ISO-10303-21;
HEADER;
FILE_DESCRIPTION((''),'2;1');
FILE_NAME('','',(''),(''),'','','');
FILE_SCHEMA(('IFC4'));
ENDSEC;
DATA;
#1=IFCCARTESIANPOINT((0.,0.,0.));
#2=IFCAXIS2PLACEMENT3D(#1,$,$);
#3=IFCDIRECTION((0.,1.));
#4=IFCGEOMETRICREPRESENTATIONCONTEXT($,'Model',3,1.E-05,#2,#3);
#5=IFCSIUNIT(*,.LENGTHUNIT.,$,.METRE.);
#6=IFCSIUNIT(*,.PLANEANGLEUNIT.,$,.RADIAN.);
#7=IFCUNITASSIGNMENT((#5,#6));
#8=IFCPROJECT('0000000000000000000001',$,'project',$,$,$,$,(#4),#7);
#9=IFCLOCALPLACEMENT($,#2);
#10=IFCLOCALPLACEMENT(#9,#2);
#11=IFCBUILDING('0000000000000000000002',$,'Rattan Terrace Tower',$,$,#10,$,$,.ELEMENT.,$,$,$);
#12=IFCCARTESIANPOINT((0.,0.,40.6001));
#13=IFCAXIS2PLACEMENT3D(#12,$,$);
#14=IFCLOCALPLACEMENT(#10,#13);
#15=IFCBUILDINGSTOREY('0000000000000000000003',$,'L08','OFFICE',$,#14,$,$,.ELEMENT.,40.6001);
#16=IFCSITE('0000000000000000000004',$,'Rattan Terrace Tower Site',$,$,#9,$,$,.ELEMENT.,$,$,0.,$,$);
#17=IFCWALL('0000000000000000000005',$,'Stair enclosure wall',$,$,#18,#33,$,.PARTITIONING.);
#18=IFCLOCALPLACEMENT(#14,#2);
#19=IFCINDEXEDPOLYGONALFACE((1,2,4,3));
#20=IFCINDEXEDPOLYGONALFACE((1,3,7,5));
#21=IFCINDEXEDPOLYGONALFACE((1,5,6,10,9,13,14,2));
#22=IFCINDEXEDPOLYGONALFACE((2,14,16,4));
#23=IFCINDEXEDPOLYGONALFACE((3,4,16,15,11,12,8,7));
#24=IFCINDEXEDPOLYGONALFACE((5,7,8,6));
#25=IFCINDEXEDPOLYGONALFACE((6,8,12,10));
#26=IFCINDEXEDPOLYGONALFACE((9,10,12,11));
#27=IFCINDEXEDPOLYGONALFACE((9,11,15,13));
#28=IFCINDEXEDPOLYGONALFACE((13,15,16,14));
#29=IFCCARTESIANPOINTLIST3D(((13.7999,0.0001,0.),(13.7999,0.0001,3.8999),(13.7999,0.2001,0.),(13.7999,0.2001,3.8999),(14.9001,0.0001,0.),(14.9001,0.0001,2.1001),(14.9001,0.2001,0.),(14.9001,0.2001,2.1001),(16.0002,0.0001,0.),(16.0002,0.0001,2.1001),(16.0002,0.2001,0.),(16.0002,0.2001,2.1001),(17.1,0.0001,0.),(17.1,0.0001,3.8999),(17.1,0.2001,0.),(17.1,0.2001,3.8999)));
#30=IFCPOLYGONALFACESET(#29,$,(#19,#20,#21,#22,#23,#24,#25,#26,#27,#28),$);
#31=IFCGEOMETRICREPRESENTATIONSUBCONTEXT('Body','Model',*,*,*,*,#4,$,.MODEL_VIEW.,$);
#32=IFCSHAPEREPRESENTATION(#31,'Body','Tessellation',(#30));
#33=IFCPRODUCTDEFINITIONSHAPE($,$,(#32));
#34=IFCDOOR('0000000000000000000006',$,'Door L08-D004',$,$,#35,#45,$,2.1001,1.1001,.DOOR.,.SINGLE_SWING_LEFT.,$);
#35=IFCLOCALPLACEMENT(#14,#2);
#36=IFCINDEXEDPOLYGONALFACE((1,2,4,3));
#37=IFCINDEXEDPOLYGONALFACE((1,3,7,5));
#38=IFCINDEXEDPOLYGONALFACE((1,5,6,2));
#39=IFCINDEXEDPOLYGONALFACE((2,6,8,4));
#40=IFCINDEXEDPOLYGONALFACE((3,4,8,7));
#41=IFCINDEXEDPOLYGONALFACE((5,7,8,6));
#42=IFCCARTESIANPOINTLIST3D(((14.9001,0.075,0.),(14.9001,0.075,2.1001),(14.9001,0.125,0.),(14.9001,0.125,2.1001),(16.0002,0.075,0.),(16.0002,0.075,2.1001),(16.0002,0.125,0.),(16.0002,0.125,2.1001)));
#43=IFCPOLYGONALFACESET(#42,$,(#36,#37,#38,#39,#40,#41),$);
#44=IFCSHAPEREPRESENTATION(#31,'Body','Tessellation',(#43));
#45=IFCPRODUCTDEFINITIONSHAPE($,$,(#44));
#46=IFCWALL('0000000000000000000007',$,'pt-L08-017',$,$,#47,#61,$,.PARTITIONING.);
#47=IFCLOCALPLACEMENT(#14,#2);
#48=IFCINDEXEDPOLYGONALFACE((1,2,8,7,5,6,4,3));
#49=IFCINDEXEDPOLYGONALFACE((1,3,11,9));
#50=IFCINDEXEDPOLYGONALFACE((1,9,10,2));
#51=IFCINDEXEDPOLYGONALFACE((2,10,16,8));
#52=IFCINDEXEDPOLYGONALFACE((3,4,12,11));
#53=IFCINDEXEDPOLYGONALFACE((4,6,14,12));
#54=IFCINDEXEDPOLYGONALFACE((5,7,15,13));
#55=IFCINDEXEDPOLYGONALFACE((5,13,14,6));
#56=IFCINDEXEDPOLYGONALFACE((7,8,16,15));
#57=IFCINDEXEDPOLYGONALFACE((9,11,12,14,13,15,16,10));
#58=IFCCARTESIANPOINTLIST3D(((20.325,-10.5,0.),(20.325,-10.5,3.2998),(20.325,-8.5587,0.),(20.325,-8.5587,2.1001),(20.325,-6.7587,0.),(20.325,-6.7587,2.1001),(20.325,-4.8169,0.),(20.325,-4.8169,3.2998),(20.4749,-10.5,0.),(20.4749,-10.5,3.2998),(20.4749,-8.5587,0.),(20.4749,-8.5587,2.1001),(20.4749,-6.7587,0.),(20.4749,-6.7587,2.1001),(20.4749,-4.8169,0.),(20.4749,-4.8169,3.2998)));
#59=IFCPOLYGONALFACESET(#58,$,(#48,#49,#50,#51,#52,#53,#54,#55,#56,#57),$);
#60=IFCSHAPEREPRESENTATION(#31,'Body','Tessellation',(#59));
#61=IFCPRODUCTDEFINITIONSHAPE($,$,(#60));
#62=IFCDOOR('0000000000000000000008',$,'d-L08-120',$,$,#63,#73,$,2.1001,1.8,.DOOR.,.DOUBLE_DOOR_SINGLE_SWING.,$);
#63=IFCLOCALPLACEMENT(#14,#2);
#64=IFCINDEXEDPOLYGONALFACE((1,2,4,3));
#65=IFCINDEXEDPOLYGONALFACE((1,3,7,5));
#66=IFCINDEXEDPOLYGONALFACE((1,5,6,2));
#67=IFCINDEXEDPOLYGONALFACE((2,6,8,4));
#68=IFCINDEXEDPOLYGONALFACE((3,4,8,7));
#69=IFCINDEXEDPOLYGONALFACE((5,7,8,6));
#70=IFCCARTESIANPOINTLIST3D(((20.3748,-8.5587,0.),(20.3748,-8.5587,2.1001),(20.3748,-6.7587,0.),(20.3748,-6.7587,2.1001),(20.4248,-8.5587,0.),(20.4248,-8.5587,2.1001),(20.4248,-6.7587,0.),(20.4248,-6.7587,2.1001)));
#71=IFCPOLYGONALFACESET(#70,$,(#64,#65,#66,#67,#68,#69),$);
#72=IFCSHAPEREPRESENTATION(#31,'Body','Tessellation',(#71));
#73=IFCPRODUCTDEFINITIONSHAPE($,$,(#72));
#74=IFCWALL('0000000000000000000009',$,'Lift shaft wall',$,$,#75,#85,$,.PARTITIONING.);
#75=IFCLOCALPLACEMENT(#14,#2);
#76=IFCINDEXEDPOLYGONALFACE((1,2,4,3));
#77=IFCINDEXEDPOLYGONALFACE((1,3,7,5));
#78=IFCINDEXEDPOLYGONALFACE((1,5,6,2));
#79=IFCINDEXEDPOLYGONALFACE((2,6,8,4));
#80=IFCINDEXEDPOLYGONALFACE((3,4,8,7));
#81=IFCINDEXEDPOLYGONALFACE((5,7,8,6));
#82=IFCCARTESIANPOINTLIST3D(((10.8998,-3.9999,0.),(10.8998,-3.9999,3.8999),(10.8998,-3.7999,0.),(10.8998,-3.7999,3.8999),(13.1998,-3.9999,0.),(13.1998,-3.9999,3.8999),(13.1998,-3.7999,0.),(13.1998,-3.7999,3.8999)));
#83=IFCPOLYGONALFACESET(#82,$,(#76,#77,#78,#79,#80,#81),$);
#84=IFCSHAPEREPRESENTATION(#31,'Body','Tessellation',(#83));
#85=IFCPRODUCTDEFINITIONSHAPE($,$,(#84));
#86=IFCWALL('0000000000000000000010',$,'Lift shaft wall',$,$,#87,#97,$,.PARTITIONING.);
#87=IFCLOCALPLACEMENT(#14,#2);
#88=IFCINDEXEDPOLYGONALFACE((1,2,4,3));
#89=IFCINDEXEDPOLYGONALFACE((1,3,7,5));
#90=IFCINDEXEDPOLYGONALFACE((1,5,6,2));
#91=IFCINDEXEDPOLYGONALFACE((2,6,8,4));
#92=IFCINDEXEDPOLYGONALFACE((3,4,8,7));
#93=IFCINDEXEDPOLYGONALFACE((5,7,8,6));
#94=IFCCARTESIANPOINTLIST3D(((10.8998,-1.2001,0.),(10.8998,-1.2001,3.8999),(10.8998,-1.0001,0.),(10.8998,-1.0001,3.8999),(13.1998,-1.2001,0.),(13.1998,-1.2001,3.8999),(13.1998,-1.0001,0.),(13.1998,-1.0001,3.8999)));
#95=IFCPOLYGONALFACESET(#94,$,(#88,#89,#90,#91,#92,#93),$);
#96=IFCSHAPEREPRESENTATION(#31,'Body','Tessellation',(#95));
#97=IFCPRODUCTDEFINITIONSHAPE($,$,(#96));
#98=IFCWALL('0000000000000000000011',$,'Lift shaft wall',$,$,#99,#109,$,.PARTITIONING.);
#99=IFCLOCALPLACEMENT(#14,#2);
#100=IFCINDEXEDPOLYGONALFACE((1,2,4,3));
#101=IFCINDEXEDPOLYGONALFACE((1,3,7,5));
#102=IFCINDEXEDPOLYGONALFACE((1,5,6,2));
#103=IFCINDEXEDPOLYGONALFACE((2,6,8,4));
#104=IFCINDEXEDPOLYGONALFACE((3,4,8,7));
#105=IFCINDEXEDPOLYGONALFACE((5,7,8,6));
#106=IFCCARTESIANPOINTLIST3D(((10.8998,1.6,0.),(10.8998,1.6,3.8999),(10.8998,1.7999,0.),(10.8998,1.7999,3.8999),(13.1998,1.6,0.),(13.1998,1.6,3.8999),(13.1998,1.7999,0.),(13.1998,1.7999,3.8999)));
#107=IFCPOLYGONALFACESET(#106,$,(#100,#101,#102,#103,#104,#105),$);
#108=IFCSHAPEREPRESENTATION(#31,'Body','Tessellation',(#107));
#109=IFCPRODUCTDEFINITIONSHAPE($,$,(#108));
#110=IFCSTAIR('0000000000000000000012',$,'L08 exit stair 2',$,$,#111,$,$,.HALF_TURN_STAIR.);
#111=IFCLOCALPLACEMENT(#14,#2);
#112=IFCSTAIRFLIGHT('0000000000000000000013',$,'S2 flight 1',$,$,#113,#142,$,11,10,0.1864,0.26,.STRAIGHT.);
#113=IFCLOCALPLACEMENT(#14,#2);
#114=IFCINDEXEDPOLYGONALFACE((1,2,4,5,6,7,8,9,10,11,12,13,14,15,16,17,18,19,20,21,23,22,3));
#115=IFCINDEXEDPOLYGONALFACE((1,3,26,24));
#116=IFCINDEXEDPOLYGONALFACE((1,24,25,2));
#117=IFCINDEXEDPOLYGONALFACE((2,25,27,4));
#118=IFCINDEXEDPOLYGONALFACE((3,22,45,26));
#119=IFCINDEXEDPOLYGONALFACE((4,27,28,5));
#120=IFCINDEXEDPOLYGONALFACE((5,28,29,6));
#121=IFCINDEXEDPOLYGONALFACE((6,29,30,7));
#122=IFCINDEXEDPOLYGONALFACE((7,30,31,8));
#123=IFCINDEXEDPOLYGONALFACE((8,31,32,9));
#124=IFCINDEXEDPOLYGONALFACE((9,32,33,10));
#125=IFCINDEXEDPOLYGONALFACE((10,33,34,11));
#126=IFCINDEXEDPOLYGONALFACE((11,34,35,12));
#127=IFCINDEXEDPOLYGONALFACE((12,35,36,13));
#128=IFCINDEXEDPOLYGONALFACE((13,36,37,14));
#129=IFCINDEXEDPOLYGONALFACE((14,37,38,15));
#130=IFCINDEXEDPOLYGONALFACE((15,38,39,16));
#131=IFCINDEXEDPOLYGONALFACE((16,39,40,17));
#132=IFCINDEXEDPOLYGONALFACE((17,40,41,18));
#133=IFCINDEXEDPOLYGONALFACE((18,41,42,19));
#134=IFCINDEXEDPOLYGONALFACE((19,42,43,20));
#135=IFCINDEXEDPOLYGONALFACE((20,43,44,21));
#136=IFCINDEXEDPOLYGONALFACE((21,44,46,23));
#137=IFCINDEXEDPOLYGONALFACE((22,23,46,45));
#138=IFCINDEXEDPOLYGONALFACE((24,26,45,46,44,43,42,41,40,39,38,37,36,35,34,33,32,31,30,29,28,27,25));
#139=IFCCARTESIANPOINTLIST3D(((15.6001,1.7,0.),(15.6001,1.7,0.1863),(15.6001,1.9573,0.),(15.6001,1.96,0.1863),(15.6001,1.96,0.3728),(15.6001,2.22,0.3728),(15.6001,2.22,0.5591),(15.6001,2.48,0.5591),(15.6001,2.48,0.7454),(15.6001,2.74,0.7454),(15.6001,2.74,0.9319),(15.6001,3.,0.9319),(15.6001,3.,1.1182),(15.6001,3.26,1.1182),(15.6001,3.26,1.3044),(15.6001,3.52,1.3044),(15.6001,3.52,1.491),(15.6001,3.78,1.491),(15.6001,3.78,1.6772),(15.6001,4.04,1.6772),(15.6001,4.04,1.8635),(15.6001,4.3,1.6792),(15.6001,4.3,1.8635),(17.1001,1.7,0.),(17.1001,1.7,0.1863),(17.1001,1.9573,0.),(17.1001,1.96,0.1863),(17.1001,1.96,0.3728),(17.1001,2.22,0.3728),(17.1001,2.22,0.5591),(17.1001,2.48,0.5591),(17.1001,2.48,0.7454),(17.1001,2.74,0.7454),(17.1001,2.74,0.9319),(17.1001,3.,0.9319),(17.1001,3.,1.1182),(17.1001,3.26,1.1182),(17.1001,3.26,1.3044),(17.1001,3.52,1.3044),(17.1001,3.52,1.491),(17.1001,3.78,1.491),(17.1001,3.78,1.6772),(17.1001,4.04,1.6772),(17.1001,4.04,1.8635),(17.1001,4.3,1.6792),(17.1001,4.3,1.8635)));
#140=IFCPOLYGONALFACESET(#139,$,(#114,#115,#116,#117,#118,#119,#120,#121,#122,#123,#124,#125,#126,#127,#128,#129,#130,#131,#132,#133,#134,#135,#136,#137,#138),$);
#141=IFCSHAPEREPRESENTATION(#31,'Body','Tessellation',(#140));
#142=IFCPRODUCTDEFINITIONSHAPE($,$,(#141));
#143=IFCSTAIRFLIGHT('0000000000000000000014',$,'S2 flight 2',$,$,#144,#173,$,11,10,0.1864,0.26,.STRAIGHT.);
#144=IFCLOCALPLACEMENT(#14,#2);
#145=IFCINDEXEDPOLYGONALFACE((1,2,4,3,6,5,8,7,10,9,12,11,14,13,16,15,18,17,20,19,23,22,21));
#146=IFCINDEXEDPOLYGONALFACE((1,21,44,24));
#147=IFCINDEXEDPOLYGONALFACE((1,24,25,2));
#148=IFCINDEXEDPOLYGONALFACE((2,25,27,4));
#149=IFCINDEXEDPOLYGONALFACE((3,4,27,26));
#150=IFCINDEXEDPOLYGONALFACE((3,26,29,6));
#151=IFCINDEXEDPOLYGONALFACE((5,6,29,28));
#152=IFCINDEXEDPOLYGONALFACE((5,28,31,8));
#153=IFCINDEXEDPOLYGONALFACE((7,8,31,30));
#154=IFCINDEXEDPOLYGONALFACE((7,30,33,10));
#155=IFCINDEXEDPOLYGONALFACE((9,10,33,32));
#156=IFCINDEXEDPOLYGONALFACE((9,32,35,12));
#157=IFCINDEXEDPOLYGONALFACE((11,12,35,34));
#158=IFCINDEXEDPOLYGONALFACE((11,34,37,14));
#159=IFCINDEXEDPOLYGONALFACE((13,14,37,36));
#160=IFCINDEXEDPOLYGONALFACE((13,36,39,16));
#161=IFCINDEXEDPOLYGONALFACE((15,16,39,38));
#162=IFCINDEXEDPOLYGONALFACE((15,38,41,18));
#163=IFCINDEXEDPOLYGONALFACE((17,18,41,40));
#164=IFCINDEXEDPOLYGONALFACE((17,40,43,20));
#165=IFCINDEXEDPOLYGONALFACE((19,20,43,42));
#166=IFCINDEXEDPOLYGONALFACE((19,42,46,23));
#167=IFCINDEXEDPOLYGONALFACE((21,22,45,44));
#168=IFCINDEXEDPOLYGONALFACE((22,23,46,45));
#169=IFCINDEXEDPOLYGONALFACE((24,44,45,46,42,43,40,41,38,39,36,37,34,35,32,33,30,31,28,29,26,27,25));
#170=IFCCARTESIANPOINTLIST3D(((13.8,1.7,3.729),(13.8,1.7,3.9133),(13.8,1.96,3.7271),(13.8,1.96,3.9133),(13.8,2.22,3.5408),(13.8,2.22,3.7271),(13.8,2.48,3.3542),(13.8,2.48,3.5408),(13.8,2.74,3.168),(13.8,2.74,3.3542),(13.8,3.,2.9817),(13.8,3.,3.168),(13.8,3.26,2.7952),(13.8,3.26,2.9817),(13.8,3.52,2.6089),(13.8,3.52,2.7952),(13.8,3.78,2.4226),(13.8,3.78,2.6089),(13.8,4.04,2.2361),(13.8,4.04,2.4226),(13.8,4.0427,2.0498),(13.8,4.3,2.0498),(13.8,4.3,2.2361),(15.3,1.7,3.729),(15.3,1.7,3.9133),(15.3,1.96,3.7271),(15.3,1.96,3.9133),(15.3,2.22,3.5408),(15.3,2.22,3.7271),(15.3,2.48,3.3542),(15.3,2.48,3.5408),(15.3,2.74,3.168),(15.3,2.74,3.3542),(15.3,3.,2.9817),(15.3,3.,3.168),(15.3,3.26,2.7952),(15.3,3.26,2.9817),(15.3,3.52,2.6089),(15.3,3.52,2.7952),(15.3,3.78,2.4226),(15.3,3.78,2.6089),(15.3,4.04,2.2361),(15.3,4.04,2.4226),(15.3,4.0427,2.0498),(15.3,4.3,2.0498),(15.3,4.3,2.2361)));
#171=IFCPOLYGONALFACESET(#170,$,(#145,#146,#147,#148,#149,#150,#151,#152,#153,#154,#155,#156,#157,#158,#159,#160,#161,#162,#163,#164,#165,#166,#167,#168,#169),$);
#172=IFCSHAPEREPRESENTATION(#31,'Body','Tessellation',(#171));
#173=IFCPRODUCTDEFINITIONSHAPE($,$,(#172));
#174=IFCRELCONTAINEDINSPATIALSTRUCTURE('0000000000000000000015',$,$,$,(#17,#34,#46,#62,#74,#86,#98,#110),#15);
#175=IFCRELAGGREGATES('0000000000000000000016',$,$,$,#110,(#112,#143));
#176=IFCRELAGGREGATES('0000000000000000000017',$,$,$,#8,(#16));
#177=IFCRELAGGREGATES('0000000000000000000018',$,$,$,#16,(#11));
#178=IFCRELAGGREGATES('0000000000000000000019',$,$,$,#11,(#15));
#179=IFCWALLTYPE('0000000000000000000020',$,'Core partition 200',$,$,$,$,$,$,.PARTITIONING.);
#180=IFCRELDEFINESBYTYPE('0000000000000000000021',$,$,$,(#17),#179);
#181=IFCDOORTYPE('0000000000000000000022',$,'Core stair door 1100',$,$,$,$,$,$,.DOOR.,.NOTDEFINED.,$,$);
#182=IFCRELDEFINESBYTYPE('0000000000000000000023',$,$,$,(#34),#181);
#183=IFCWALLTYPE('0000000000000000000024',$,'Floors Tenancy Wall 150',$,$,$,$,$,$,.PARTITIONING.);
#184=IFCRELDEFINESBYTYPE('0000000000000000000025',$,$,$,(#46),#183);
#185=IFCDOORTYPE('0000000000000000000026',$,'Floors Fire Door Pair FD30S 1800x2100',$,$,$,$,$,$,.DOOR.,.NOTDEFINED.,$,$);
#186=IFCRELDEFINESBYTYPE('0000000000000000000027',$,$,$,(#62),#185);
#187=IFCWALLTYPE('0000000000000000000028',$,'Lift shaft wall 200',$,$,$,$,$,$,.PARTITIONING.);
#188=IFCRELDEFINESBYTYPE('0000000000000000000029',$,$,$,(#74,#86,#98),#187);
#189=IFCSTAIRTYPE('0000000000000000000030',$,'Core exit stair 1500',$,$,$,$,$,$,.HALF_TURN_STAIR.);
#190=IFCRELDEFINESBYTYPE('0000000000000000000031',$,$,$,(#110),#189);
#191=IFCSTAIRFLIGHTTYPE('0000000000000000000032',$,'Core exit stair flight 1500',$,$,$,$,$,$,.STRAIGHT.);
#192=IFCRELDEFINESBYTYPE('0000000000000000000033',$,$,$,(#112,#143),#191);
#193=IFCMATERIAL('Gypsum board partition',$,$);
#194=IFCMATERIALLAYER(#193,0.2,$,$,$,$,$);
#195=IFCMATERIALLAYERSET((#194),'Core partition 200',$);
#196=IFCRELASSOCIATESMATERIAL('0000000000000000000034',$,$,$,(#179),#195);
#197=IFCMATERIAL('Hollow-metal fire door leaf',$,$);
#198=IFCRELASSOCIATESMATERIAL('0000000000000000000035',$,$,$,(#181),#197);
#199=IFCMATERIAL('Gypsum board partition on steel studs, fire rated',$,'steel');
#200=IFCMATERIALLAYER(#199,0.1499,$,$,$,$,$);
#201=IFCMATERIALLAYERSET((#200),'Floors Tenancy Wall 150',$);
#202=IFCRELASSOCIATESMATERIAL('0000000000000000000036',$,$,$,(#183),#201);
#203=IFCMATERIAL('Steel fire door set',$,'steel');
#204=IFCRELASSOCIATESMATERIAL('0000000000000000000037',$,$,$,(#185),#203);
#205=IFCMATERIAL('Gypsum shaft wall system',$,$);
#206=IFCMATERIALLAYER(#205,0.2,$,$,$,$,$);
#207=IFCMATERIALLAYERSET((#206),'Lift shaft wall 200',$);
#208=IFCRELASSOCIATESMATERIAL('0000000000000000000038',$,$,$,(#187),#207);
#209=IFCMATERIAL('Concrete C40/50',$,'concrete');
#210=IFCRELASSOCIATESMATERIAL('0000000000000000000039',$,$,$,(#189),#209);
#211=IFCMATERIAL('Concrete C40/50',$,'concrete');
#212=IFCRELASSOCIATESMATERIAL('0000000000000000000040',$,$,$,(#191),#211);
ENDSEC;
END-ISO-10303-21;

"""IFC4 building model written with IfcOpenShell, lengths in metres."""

from ifc_helpers import new_model, si_unit, direction, frame, frame_2d, origin, place, context, subcontext, project, spatial, polyline, rectangle, outline, extrude, material, layer, layer_set, type_object, element, fill, aggregate, save


model = new_model("IFC4")

# Units and contexts
model_context = context("Model", 3, precision=1e-05, world=origin(), true_north=direction((0.0, 1.0)))
body_context = subcontext(model_context, "Body", "Model", "MODEL_VIEW")
ifc_project = project(units=[si_unit("LENGTHUNIT", "METRE"), si_unit("PLANEANGLEUNIT", "RADIAN")], contexts=[model_context])

# Site, building, storey
site_placement = place(None, origin())
site = spatial("IfcSite", under=ifc_project, at=site_placement, Name="Rattan Terrace Tower Site", CompositionType="ELEMENT", RefElevation=0.0)
building_placement = place(site_placement, origin())
building = spatial("IfcBuilding", under=site, at=building_placement, Name="Rattan Terrace Tower", CompositionType="ELEMENT")
storey_placement = place(building_placement, frame((0.0, 0.0, 40.6001)))
storey = spatial("IfcBuildingStorey", under=building, at=storey_placement, Name="L08", Description="OFFICE", CompositionType="ELEMENT", Elevation=40.6001)

# Walls, openings, doors
ifc_material_1 = material(Name="Gypsum board partition")
ifc_layer_1 = layer(ifc_material_1, 0.2)
ifc_layer_set_1 = layer_set([ifc_layer_1], Name="Core partition 200")
wall_type_1 = type_object("IfcWallType", Name="Core partition 200", PredefinedType="PARTITIONING", material=ifc_layer_set_1)
wall_1_placement = place(storey_placement, frame((13.8, 0.1001, 0.0), z_axis=(0.0, 0.0, 1.0), x_axis=(1.0, 0.0, 0.0)))
wall_1 = element("IfcWall", 1, at=wall_1_placement, inside=storey, type_object=wall_type_1, Name="Stair enclosure wall", PredefinedType="PARTITIONING", context=body_context, shape_type="SweptSolid", body=[
    extrude(rectangle(XDim=3.3, YDim=0.2, at=frame_2d((1.6499, 0.0))), origin(), (0.0, 0.0, 1.0), 3.8999),
])
opening_1_placement = place(wall_1_placement, frame((1.1001, 0.0, 0.0)))
opening_1 = element("IfcOpeningElement", 2, at=opening_1_placement, cuts=wall_1, PredefinedType="OPENING", context=body_context, shape_type="SweptSolid", body=[
    extrude(rectangle(XDim=1.1001, YDim=2.1001, at=frame_2d((0.55, 1.05))), frame((0.0, 0.1106, 0.0), z_axis=(0.0, -1.0, 0.0), x_axis=(1.0, 0.0, 0.0)), (0.0, 0.0, 1.0), 0.2209),
])
ifc_material_2 = material(Name="Hollow-metal fire door leaf")
door_type_1 = type_object("IfcDoorType", Name="Core stair door 1100", OperationType="NOTDEFINED", PredefinedType="DOOR", material=ifc_material_2)
door_1_placement = place(opening_1_placement, origin())
door_1 = element("IfcDoor", 3, at=door_1_placement, inside=storey, type_object=door_type_1, Name="Door L08-D004", OperationType="SINGLE_SWING_LEFT", OverallHeight=2.1001, OverallWidth=1.1001, PredefinedType="DOOR", context=body_context, shape_type="SweptSolid", body=[
    extrude(rectangle(XDim=1.1001, YDim=2.1001, at=frame_2d((0.55, 1.05))), frame((0.0, 0.0249, 0.0), z_axis=(0.0, -1.0, 0.0), x_axis=(1.0, 0.0, 0.0)), (0.0, 0.0, 1.0), 0.05),
])
fill(opening_1, door_1)
ifc_material_3 = material(Name="Gypsum board partition on steel studs, fire rated", Category="steel")
ifc_layer_2 = layer(ifc_material_3, 0.1499)
ifc_layer_set_2 = layer_set([ifc_layer_2], Name="Floors Tenancy Wall 150")
wall_type_2 = type_object("IfcWallType", Name="Floors Tenancy Wall 150", PredefinedType="PARTITIONING", material=ifc_layer_set_2)
wall_2_placement = place(storey_placement, frame((20.3999, -4.8169, 0.0), z_axis=(0.0, 0.0, 1.0), x_axis=(0.0, -1.0, 0.0)))
wall_2 = element("IfcWall", 4, at=wall_2_placement, inside=storey, type_object=wall_type_2, Name="pt-L08-017", PredefinedType="PARTITIONING", context=body_context, shape_type="SweptSolid", body=[
    extrude(rectangle(XDim=5.6831, YDim=0.1499, at=frame_2d((2.8416, 0.0))), origin(), (0.0, 0.0, 1.0), 3.2998),
])
opening_2_placement = place(wall_2_placement, frame((1.9419, 0.0, 0.0)))
opening_2 = element("IfcOpeningElement", 5, at=opening_2_placement, cuts=wall_2, PredefinedType="OPENING", context=body_context, shape_type="SweptSolid", body=[
    extrude(rectangle(XDim=1.8, YDim=2.1001, at=frame_2d((0.8999, 1.05))), frame((0.0, 0.0854, 0.0), z_axis=(0.0, -1.0, 0.0), x_axis=(1.0, 0.0, 0.0)), (0.0, 0.0, 1.0), 0.1709),
])
ifc_material_4 = material(Name="Steel fire door set", Category="steel")
door_type_2 = type_object("IfcDoorType", Name="Floors Fire Door Pair FD30S 1800x2100", OperationType="NOTDEFINED", PredefinedType="DOOR", material=ifc_material_4)
door_2_placement = place(opening_2_placement, origin())
door_2 = element("IfcDoor", 6, at=door_2_placement, inside=storey, type_object=door_type_2, Name="d-L08-120", OperationType="DOUBLE_DOOR_SINGLE_SWING", OverallHeight=2.1001, OverallWidth=1.8, PredefinedType="DOOR", context=body_context, shape_type="SweptSolid", body=[
    extrude(rectangle(XDim=1.8, YDim=2.1001, at=frame_2d((0.8999, 1.05))), frame((0.0, 0.0249, 0.0), z_axis=(0.0, -1.0, 0.0), x_axis=(1.0, 0.0, 0.0)), (0.0, 0.0, 1.0), 0.05),
])
fill(opening_2, door_2)

# Walls
ifc_material_5 = material(Name="Gypsum shaft wall system")
ifc_layer_3 = layer(ifc_material_5, 0.2)
ifc_layer_set_3 = layer_set([ifc_layer_3], Name="Lift shaft wall 200")
wall_type_3 = type_object("IfcWallType", Name="Lift shaft wall 200", PredefinedType="PARTITIONING", material=ifc_layer_set_3)
for number, where, z_axis, x_axis, name in (
    (7, (10.8999, -3.8999, 0.0), (0.0, 0.0, 1.0), (1.0, 0.0, 0.0), "Lift shaft wall"),
    (8, (10.8999, -1.1001, 0.0), (0.0, 0.0, 1.0), (1.0, 0.0, 0.0), "Lift shaft wall"),
    (9, (10.8999, 1.7, 0.0), (0.0, 0.0, 1.0), (1.0, 0.0, 0.0), "Lift shaft wall"),
):
    element("IfcWall", number, at=place(storey_placement, frame(where, z_axis=z_axis, x_axis=x_axis)), inside=storey, type_object=wall_type_3, Name=name, PredefinedType="PARTITIONING", context=body_context, shape_type="SweptSolid", body=[
        extrude(rectangle(XDim=2.3, YDim=0.2, at=frame_2d((1.1499, 0.0))), origin(), (0.0, 0.0, 1.0), 3.8999),
    ])

# Stair, stair flights
ifc_material_6 = material(Name="Concrete C40/50", Category="concrete")
stair_type = type_object("IfcStairType", Name="Core exit stair 1500", PredefinedType="HALF_TURN_STAIR", material=ifc_material_6)
stair_placement = place(storey_placement, origin())
stair = element("IfcStair", 10, at=stair_placement, inside=storey, type_object=stair_type, Name="L08 exit stair 2", PredefinedType="HALF_TURN_STAIR")
ifc_material_7 = material(Name="Concrete C40/50", Category="concrete")
stair_flight_type = type_object("IfcStairFlightType", Name="Core exit stair flight 1500", PredefinedType="STRAIGHT", material=ifc_material_7)
stair_flight_1_placement = place(storey_placement, frame((16.3501, 1.7, 0.0), z_axis=(0.0, 0.0, 1.0), x_axis=(0.0, 1.0, 0.0)))
stair_flight_1 = element("IfcStairFlight", 11, at=stair_flight_1_placement, type_object=stair_flight_type, Name="S2 flight 1", NumberOfRisers=11, NumberOfTreads=10, PredefinedType="STRAIGHT", RiserHeight=0.1864, TreadLength=0.26, context=body_context, shape_type="SweptSolid", body=[
    extrude(outline(polyline([(0.0, 0.0), (0.0, 0.1863), (0.26, 0.1863), (0.26, 0.3728), (0.52, 0.3728), (0.52, 0.5591), (0.78, 0.5591), (0.78, 0.7454), (1.04, 0.7454), (1.04, 0.9319), (1.3, 0.9319), (1.3, 1.1182), (1.5601, 1.1182), (1.5601, 1.3044), (1.8201, 1.3044), (1.8201, 1.491), (2.0801, 1.491), (2.0801, 1.6772), (2.3401, 1.6772), (2.3401, 1.8635), (2.6001, 1.8635), (2.6001, 2.05), (2.6001, 1.6792), (0.2573, 0.0), (0.0, 0.0)])), frame((0.0, 0.75, 0.0), z_axis=(0.0, -1.0, 0.0), x_axis=(1.0, 0.0, 0.0)), (0.0, 0.0, 1.0), 1.5),
])
stair_flight_2_placement = place(storey_placement, frame((14.55, 4.3, 2.0498), z_axis=(0.0, 0.0, 1.0), x_axis=(0.0, -1.0, 0.0)))
stair_flight_2 = element("IfcStairFlight", 12, at=stair_flight_2_placement, type_object=stair_flight_type, Name="S2 flight 2", NumberOfRisers=11, NumberOfTreads=10, PredefinedType="STRAIGHT", RiserHeight=0.1864, TreadLength=0.26, context=body_context, shape_type="SweptSolid", body=[
    extrude(outline(polyline([(0.0, 0.0), (0.0, 0.1863), (0.26, 0.1863), (0.26, 0.3728), (0.52, 0.3728), (0.52, 0.5591), (0.78, 0.5591), (0.78, 0.7454), (1.04, 0.7454), (1.04, 0.9319), (1.3, 0.9319), (1.3, 1.1182), (1.5601, 1.1182), (1.5601, 1.3044), (1.8201, 1.3044), (1.8201, 1.491), (2.0801, 1.491), (2.0801, 1.6772), (2.3401, 1.6772), (2.3401, 1.8635), (2.6001, 1.8635), (2.6001, 2.05), (2.6001, 1.6792), (0.2573, 0.0), (0.0, 0.0)])), frame((0.0, 0.75, 0.0), z_axis=(0.0, -1.0, 0.0), x_axis=(1.0, 0.0, 0.0)), (0.0, 0.0, 1.0), 1.5),
])
aggregate(stair, [stair_flight_1, stair_flight_2])

save(model, "model.ifc")
